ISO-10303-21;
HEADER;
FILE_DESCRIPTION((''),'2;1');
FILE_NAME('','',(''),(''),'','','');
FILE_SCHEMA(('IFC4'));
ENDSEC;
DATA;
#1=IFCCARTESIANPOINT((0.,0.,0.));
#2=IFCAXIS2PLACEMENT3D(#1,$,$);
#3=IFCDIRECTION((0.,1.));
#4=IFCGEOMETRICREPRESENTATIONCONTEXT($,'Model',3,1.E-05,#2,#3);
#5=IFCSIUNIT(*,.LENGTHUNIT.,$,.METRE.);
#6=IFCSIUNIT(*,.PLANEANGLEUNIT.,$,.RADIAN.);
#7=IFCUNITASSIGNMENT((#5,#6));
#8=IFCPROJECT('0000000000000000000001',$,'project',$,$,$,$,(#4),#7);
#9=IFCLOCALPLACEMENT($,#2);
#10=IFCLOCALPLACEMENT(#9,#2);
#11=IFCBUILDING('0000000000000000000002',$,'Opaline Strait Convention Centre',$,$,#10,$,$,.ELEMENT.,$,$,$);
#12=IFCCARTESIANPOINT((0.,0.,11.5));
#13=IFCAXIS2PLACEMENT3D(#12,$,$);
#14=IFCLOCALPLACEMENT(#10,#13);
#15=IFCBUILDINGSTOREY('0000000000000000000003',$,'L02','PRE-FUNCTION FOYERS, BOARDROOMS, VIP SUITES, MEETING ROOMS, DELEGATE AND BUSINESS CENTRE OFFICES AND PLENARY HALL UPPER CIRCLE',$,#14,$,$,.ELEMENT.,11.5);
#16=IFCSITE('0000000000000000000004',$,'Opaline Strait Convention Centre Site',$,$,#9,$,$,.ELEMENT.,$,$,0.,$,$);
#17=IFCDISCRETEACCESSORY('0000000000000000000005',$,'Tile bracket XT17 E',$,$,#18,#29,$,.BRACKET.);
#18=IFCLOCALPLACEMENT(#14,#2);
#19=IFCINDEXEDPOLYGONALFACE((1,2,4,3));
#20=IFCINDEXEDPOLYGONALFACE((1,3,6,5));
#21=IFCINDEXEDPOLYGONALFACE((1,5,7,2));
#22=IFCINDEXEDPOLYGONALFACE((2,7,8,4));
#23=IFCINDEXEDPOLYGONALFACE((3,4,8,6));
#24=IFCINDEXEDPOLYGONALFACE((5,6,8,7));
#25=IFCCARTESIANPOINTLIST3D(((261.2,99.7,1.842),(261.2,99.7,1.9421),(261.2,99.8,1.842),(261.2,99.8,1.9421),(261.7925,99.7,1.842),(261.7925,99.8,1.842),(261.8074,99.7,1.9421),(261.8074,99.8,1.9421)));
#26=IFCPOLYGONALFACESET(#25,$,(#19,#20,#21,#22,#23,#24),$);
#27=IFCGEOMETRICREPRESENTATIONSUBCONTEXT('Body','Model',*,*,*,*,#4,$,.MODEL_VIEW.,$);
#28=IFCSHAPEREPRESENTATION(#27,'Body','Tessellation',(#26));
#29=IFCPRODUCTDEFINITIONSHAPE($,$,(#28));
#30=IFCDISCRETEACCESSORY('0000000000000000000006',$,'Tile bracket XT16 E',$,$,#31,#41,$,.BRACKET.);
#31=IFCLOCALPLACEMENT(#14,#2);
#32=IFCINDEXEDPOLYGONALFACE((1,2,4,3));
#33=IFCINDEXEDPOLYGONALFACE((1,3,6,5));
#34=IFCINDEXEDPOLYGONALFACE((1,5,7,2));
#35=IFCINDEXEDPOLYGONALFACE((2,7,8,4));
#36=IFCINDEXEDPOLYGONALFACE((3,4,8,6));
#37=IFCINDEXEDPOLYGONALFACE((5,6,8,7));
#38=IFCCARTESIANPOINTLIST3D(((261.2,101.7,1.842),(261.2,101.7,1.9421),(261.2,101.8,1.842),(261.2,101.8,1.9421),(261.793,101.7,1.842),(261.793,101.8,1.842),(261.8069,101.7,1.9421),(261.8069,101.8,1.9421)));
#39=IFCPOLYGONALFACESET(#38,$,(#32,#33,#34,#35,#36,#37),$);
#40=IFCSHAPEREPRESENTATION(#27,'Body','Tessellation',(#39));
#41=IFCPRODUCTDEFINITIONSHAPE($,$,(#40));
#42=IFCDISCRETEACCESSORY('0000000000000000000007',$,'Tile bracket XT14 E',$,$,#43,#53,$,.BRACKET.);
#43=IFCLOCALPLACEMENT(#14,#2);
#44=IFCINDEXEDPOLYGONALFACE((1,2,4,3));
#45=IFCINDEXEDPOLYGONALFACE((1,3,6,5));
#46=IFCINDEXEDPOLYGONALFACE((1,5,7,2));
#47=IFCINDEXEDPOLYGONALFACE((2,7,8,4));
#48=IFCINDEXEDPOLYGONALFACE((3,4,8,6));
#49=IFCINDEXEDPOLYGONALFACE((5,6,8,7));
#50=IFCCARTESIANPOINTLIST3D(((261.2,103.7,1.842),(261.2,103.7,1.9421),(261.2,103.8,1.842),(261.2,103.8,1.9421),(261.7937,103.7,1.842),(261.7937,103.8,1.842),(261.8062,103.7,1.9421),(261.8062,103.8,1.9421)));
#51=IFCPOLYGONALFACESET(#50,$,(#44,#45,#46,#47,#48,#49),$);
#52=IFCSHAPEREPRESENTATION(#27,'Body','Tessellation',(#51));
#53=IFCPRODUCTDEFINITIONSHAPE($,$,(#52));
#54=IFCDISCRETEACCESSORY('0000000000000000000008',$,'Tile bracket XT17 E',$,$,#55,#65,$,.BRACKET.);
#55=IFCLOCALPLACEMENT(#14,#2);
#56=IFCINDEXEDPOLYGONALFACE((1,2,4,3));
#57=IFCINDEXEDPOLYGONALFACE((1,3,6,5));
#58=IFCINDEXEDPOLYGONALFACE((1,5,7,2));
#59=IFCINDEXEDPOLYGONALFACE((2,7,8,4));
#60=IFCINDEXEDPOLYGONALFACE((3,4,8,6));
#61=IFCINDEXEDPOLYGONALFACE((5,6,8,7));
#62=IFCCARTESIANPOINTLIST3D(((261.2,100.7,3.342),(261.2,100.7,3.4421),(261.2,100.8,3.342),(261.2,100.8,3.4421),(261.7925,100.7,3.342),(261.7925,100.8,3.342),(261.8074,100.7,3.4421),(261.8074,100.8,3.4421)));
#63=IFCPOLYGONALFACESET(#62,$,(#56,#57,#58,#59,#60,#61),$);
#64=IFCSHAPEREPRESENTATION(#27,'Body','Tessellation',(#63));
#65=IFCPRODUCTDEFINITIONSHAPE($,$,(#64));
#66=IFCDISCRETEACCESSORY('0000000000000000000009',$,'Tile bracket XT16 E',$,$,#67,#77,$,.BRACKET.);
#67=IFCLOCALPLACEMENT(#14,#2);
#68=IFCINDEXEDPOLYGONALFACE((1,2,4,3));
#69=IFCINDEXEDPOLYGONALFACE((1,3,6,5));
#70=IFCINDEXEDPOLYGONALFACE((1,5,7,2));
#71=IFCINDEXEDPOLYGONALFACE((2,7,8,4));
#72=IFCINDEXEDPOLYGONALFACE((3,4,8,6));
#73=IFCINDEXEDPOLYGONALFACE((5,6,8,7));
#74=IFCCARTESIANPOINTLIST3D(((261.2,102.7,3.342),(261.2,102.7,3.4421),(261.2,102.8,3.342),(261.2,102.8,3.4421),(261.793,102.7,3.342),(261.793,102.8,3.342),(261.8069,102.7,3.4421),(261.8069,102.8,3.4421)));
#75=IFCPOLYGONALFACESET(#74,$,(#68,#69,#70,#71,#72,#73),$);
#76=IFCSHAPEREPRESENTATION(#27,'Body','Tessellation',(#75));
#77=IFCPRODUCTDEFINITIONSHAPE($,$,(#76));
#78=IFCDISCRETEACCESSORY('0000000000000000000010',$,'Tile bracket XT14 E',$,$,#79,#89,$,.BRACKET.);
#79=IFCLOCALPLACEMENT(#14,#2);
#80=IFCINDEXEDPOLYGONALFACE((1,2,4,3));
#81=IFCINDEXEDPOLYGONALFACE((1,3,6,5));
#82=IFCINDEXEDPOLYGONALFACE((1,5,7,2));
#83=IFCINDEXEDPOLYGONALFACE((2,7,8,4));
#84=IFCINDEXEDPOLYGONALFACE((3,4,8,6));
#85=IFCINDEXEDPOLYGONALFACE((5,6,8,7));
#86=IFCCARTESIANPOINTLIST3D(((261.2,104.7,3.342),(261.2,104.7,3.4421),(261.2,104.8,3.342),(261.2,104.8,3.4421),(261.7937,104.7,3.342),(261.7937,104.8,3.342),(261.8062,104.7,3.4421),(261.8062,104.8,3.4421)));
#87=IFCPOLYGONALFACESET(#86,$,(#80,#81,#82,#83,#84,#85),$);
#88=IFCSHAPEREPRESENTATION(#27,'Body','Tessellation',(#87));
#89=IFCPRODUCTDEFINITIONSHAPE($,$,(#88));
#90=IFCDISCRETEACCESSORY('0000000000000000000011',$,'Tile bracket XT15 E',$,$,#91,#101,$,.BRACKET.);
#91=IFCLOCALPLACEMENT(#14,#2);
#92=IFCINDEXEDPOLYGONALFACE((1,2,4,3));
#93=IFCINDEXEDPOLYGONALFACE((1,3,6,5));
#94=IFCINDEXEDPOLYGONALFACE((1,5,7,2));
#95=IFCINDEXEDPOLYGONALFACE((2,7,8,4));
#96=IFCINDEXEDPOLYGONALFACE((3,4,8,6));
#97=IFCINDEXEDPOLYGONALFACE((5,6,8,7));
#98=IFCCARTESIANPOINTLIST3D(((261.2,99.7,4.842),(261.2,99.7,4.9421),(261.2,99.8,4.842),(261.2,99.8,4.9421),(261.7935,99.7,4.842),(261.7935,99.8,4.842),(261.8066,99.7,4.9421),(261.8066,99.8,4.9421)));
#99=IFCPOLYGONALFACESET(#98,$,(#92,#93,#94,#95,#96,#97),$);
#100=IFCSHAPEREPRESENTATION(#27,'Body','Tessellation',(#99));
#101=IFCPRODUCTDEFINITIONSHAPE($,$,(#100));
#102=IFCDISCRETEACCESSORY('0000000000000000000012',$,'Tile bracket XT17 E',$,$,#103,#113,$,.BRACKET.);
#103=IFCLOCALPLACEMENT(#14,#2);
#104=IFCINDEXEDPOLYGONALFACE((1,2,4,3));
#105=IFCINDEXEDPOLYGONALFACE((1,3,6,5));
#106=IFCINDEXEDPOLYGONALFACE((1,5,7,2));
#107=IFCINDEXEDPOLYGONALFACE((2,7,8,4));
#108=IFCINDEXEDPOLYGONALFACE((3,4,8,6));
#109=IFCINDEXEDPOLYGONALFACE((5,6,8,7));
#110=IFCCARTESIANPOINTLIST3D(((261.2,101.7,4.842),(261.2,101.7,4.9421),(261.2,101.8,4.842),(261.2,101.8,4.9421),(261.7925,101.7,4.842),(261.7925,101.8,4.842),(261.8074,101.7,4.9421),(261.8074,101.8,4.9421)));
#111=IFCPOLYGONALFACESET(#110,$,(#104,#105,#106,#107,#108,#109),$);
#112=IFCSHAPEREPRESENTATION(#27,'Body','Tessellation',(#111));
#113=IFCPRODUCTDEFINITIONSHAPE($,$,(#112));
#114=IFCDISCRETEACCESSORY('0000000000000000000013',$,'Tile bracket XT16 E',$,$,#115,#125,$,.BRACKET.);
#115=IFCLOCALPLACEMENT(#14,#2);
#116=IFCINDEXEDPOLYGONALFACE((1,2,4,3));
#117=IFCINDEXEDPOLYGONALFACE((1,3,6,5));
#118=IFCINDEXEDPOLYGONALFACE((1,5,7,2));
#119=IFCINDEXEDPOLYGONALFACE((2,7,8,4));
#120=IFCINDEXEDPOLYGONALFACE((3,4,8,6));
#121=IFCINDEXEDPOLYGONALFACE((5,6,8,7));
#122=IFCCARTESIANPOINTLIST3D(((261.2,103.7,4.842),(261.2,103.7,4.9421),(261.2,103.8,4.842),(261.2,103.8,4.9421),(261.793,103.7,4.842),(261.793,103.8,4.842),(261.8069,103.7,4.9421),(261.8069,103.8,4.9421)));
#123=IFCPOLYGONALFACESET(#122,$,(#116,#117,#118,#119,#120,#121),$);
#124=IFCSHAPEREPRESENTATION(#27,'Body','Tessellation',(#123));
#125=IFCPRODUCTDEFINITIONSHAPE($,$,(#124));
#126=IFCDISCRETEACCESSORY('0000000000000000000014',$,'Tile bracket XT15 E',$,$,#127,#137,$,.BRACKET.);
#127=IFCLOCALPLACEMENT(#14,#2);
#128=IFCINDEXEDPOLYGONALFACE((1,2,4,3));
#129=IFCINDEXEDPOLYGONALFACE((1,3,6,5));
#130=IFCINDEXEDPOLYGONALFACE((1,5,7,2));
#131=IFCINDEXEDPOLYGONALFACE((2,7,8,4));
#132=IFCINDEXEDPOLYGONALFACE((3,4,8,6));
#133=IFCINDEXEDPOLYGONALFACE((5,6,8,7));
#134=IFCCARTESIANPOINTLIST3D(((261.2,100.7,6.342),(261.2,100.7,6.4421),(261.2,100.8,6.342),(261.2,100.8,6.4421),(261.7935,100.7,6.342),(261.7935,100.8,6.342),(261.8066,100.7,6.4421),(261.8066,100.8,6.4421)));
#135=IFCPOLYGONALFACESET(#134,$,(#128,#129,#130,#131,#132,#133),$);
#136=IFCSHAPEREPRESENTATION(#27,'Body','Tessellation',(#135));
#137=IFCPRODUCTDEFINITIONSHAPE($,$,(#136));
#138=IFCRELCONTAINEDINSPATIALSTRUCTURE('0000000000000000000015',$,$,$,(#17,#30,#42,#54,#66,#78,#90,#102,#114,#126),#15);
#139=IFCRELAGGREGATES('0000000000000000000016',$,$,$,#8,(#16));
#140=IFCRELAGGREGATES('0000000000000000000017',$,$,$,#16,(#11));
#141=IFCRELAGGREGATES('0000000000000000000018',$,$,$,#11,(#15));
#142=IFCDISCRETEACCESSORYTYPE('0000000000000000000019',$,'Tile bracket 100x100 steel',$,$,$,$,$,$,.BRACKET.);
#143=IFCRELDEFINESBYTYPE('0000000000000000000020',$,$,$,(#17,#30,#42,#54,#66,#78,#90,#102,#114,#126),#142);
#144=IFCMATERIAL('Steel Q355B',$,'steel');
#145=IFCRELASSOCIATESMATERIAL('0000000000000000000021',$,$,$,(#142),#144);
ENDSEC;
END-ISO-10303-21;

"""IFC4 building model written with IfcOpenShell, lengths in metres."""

from ifc_helpers import new_model, si_unit, direction, frame, origin, place, context, subcontext, project, spatial, polyline, outline, extrude, material, type_object, element, save


model = new_model("IFC4")

# Units and contexts
model_context = context("Model", 3, precision=1e-05, world=origin(), true_north=direction((0.0, 1.0)))
body_context = subcontext(model_context, "Body", "Model", "MODEL_VIEW")
ifc_project = project(units=[si_unit("LENGTHUNIT", "METRE"), si_unit("PLANEANGLEUNIT", "RADIAN")], contexts=[model_context])

# Site, building, storey
site_placement = place(None, origin())
site = spatial("IfcSite", under=ifc_project, at=site_placement, Name="Opaline Strait Convention Centre Site", CompositionType="ELEMENT", RefElevation=0.0)
building_placement = place(site_placement, origin())
building = spatial("IfcBuilding", under=site, at=building_placement, Name="Opaline Strait Convention Centre", CompositionType="ELEMENT")
storey_placement = place(building_placement, frame((0.0, 0.0, 11.5)))
storey = spatial("IfcBuildingStorey", under=building, at=storey_placement, Name="L02", Description="PRE-FUNCTION FOYERS, BOARDROOMS, VIP SUITES, MEETING ROOMS, DELEGATE AND BUSINESS CENTRE OFFICES AND PLENARY HALL UPPER CIRCLE", CompositionType="ELEMENT", Elevation=11.5)

# Discrete accessories
ifc_material_1 = material(Name="Steel Q355B", Category="steel")
discrete_accessory_type = type_object("IfcDiscreteAccessoryType", Name="Tile bracket 100x100 steel", PredefinedType="BRACKET", material=ifc_material_1)
discrete_accessory_1_placement = place(storey_placement, frame((261.2, 99.7, 1.8921), z_axis=(0.0, 1.0, 0.0), x_axis=(-1.0, 0.0, 0.0)))
element("IfcDiscreteAccessory", 1, at=discrete_accessory_1_placement, inside=storey, type_object=discrete_accessory_type, Name="Tile bracket XT17 E", PredefinedType="BRACKET", context=body_context, shape_type="SweptSolid", body=[
    extrude(outline(polyline([(0.0, -0.05), (0.0, 0.05), (-0.6074, 0.05), (-0.5925, -0.05), (0.0, -0.05)])), origin(), (0.0, 0.0, 1.0), 0.1001),
])
discrete_accessory_2_placement = place(storey_placement, frame((261.2, 101.7, 1.8921), z_axis=(0.0, 1.0, 0.0), x_axis=(-1.0, 0.0, 0.0)))
element("IfcDiscreteAccessory", 2, at=discrete_accessory_2_placement, inside=storey, type_object=discrete_accessory_type, Name="Tile bracket XT16 E", PredefinedType="BRACKET", context=body_context, shape_type="SweptSolid", body=[
    extrude(outline(polyline([(0.0, -0.05), (0.0, 0.05), (-0.6069, 0.05), (-0.593, -0.05), (0.0, -0.05)])), origin(), (0.0, 0.0, 1.0), 0.1001),
])
discrete_accessory_3_placement = place(storey_placement, frame((261.2, 103.7, 1.8921), z_axis=(0.0, 1.0, 0.0), x_axis=(-1.0, 0.0, 0.0)))
element("IfcDiscreteAccessory", 3, at=discrete_accessory_3_placement, inside=storey, type_object=discrete_accessory_type, Name="Tile bracket XT14 E", PredefinedType="BRACKET", context=body_context, shape_type="SweptSolid", body=[
    extrude(outline(polyline([(0.0, -0.05), (0.0, 0.05), (-0.6062, 0.05), (-0.5938, -0.05), (0.0, -0.05)])), origin(), (0.0, 0.0, 1.0), 0.1001),
])
discrete_accessory_4_placement = place(storey_placement, frame((261.2, 100.7, 3.3921), z_axis=(0.0, 1.0, 0.0), x_axis=(-1.0, 0.0, 0.0)))
element("IfcDiscreteAccessory", 4, at=discrete_accessory_4_placement, inside=storey, type_object=discrete_accessory_type, Name="Tile bracket XT17 E", PredefinedType="BRACKET", context=body_context, shape_type="SweptSolid", body=[
    extrude(outline(polyline([(0.0, -0.05), (0.0, 0.05), (-0.6074, 0.05), (-0.5925, -0.05), (0.0, -0.05)])), origin(), (0.0, 0.0, 1.0), 0.1001),
])
discrete_accessory_5_placement = place(storey_placement, frame((261.2, 102.7, 3.3921), z_axis=(0.0, 1.0, 0.0), x_axis=(-1.0, 0.0, 0.0)))
element("IfcDiscreteAccessory", 5, at=discrete_accessory_5_placement, inside=storey, type_object=discrete_accessory_type, Name="Tile bracket XT16 E", PredefinedType="BRACKET", context=body_context, shape_type="SweptSolid", body=[
    extrude(outline(polyline([(0.0, -0.05), (0.0, 0.05), (-0.6069, 0.05), (-0.593, -0.05), (0.0, -0.05)])), origin(), (0.0, 0.0, 1.0), 0.1001),
])
discrete_accessory_6_placement = place(storey_placement, frame((261.2, 104.7, 3.3921), z_axis=(0.0, 1.0, 0.0), x_axis=(-1.0, 0.0, 0.0)))
element("IfcDiscreteAccessory", 6, at=discrete_accessory_6_placement, inside=storey, type_object=discrete_accessory_type, Name="Tile bracket XT14 E", PredefinedType="BRACKET", context=body_context, shape_type="SweptSolid", body=[
    extrude(outline(polyline([(0.0, -0.05), (0.0, 0.05), (-0.6062, 0.05), (-0.5938, -0.05), (0.0, -0.05)])), origin(), (0.0, 0.0, 1.0), 0.1001),
])
discrete_accessory_7_placement = place(storey_placement, frame((261.2, 99.7, 4.8921), z_axis=(0.0, 1.0, 0.0), x_axis=(-1.0, 0.0, 0.0)))
element("IfcDiscreteAccessory", 7, at=discrete_accessory_7_placement, inside=storey, type_object=discrete_accessory_type, Name="Tile bracket XT15 E", PredefinedType="BRACKET", context=body_context, shape_type="SweptSolid", body=[
    extrude(outline(polyline([(0.0, -0.05), (0.0, 0.05), (-0.6067, 0.05), (-0.5935, -0.05), (0.0, -0.05)])), origin(), (0.0, 0.0, 1.0), 0.1001),
])
discrete_accessory_8_placement = place(storey_placement, frame((261.2, 101.7, 4.8921), z_axis=(0.0, 1.0, 0.0), x_axis=(-1.0, 0.0, 0.0)))
element("IfcDiscreteAccessory", 8, at=discrete_accessory_8_placement, inside=storey, type_object=discrete_accessory_type, Name="Tile bracket XT17 E", PredefinedType="BRACKET", context=body_context, shape_type="SweptSolid", body=[
    extrude(outline(polyline([(0.0, -0.05), (0.0, 0.05), (-0.6074, 0.05), (-0.5925, -0.05), (0.0, -0.05)])), origin(), (0.0, 0.0, 1.0), 0.1001),
])
discrete_accessory_9_placement = place(storey_placement, frame((261.2, 103.7, 4.8921), z_axis=(0.0, 1.0, 0.0), x_axis=(-1.0, 0.0, 0.0)))
element("IfcDiscreteAccessory", 9, at=discrete_accessory_9_placement, inside=storey, type_object=discrete_accessory_type, Name="Tile bracket XT16 E", PredefinedType="BRACKET", context=body_context, shape_type="SweptSolid", body=[
    extrude(outline(polyline([(0.0, -0.05), (0.0, 0.05), (-0.6069, 0.05), (-0.593, -0.05), (0.0, -0.05)])), origin(), (0.0, 0.0, 1.0), 0.1001),
])
discrete_accessory_10_placement = place(storey_placement, frame((261.2, 100.7, 6.3921), z_axis=(0.0, 1.0, 0.0), x_axis=(-1.0, 0.0, 0.0)))
element("IfcDiscreteAccessory", 10, at=discrete_accessory_10_placement, inside=storey, type_object=discrete_accessory_type, Name="Tile bracket XT15 E", PredefinedType="BRACKET", context=body_context, shape_type="SweptSolid", body=[
    extrude(outline(polyline([(0.0, -0.05), (0.0, 0.05), (-0.6067, 0.05), (-0.5935, -0.05), (0.0, -0.05)])), origin(), (0.0, 0.0, 1.0), 0.1001),
])

save(model, "model.ifc")
